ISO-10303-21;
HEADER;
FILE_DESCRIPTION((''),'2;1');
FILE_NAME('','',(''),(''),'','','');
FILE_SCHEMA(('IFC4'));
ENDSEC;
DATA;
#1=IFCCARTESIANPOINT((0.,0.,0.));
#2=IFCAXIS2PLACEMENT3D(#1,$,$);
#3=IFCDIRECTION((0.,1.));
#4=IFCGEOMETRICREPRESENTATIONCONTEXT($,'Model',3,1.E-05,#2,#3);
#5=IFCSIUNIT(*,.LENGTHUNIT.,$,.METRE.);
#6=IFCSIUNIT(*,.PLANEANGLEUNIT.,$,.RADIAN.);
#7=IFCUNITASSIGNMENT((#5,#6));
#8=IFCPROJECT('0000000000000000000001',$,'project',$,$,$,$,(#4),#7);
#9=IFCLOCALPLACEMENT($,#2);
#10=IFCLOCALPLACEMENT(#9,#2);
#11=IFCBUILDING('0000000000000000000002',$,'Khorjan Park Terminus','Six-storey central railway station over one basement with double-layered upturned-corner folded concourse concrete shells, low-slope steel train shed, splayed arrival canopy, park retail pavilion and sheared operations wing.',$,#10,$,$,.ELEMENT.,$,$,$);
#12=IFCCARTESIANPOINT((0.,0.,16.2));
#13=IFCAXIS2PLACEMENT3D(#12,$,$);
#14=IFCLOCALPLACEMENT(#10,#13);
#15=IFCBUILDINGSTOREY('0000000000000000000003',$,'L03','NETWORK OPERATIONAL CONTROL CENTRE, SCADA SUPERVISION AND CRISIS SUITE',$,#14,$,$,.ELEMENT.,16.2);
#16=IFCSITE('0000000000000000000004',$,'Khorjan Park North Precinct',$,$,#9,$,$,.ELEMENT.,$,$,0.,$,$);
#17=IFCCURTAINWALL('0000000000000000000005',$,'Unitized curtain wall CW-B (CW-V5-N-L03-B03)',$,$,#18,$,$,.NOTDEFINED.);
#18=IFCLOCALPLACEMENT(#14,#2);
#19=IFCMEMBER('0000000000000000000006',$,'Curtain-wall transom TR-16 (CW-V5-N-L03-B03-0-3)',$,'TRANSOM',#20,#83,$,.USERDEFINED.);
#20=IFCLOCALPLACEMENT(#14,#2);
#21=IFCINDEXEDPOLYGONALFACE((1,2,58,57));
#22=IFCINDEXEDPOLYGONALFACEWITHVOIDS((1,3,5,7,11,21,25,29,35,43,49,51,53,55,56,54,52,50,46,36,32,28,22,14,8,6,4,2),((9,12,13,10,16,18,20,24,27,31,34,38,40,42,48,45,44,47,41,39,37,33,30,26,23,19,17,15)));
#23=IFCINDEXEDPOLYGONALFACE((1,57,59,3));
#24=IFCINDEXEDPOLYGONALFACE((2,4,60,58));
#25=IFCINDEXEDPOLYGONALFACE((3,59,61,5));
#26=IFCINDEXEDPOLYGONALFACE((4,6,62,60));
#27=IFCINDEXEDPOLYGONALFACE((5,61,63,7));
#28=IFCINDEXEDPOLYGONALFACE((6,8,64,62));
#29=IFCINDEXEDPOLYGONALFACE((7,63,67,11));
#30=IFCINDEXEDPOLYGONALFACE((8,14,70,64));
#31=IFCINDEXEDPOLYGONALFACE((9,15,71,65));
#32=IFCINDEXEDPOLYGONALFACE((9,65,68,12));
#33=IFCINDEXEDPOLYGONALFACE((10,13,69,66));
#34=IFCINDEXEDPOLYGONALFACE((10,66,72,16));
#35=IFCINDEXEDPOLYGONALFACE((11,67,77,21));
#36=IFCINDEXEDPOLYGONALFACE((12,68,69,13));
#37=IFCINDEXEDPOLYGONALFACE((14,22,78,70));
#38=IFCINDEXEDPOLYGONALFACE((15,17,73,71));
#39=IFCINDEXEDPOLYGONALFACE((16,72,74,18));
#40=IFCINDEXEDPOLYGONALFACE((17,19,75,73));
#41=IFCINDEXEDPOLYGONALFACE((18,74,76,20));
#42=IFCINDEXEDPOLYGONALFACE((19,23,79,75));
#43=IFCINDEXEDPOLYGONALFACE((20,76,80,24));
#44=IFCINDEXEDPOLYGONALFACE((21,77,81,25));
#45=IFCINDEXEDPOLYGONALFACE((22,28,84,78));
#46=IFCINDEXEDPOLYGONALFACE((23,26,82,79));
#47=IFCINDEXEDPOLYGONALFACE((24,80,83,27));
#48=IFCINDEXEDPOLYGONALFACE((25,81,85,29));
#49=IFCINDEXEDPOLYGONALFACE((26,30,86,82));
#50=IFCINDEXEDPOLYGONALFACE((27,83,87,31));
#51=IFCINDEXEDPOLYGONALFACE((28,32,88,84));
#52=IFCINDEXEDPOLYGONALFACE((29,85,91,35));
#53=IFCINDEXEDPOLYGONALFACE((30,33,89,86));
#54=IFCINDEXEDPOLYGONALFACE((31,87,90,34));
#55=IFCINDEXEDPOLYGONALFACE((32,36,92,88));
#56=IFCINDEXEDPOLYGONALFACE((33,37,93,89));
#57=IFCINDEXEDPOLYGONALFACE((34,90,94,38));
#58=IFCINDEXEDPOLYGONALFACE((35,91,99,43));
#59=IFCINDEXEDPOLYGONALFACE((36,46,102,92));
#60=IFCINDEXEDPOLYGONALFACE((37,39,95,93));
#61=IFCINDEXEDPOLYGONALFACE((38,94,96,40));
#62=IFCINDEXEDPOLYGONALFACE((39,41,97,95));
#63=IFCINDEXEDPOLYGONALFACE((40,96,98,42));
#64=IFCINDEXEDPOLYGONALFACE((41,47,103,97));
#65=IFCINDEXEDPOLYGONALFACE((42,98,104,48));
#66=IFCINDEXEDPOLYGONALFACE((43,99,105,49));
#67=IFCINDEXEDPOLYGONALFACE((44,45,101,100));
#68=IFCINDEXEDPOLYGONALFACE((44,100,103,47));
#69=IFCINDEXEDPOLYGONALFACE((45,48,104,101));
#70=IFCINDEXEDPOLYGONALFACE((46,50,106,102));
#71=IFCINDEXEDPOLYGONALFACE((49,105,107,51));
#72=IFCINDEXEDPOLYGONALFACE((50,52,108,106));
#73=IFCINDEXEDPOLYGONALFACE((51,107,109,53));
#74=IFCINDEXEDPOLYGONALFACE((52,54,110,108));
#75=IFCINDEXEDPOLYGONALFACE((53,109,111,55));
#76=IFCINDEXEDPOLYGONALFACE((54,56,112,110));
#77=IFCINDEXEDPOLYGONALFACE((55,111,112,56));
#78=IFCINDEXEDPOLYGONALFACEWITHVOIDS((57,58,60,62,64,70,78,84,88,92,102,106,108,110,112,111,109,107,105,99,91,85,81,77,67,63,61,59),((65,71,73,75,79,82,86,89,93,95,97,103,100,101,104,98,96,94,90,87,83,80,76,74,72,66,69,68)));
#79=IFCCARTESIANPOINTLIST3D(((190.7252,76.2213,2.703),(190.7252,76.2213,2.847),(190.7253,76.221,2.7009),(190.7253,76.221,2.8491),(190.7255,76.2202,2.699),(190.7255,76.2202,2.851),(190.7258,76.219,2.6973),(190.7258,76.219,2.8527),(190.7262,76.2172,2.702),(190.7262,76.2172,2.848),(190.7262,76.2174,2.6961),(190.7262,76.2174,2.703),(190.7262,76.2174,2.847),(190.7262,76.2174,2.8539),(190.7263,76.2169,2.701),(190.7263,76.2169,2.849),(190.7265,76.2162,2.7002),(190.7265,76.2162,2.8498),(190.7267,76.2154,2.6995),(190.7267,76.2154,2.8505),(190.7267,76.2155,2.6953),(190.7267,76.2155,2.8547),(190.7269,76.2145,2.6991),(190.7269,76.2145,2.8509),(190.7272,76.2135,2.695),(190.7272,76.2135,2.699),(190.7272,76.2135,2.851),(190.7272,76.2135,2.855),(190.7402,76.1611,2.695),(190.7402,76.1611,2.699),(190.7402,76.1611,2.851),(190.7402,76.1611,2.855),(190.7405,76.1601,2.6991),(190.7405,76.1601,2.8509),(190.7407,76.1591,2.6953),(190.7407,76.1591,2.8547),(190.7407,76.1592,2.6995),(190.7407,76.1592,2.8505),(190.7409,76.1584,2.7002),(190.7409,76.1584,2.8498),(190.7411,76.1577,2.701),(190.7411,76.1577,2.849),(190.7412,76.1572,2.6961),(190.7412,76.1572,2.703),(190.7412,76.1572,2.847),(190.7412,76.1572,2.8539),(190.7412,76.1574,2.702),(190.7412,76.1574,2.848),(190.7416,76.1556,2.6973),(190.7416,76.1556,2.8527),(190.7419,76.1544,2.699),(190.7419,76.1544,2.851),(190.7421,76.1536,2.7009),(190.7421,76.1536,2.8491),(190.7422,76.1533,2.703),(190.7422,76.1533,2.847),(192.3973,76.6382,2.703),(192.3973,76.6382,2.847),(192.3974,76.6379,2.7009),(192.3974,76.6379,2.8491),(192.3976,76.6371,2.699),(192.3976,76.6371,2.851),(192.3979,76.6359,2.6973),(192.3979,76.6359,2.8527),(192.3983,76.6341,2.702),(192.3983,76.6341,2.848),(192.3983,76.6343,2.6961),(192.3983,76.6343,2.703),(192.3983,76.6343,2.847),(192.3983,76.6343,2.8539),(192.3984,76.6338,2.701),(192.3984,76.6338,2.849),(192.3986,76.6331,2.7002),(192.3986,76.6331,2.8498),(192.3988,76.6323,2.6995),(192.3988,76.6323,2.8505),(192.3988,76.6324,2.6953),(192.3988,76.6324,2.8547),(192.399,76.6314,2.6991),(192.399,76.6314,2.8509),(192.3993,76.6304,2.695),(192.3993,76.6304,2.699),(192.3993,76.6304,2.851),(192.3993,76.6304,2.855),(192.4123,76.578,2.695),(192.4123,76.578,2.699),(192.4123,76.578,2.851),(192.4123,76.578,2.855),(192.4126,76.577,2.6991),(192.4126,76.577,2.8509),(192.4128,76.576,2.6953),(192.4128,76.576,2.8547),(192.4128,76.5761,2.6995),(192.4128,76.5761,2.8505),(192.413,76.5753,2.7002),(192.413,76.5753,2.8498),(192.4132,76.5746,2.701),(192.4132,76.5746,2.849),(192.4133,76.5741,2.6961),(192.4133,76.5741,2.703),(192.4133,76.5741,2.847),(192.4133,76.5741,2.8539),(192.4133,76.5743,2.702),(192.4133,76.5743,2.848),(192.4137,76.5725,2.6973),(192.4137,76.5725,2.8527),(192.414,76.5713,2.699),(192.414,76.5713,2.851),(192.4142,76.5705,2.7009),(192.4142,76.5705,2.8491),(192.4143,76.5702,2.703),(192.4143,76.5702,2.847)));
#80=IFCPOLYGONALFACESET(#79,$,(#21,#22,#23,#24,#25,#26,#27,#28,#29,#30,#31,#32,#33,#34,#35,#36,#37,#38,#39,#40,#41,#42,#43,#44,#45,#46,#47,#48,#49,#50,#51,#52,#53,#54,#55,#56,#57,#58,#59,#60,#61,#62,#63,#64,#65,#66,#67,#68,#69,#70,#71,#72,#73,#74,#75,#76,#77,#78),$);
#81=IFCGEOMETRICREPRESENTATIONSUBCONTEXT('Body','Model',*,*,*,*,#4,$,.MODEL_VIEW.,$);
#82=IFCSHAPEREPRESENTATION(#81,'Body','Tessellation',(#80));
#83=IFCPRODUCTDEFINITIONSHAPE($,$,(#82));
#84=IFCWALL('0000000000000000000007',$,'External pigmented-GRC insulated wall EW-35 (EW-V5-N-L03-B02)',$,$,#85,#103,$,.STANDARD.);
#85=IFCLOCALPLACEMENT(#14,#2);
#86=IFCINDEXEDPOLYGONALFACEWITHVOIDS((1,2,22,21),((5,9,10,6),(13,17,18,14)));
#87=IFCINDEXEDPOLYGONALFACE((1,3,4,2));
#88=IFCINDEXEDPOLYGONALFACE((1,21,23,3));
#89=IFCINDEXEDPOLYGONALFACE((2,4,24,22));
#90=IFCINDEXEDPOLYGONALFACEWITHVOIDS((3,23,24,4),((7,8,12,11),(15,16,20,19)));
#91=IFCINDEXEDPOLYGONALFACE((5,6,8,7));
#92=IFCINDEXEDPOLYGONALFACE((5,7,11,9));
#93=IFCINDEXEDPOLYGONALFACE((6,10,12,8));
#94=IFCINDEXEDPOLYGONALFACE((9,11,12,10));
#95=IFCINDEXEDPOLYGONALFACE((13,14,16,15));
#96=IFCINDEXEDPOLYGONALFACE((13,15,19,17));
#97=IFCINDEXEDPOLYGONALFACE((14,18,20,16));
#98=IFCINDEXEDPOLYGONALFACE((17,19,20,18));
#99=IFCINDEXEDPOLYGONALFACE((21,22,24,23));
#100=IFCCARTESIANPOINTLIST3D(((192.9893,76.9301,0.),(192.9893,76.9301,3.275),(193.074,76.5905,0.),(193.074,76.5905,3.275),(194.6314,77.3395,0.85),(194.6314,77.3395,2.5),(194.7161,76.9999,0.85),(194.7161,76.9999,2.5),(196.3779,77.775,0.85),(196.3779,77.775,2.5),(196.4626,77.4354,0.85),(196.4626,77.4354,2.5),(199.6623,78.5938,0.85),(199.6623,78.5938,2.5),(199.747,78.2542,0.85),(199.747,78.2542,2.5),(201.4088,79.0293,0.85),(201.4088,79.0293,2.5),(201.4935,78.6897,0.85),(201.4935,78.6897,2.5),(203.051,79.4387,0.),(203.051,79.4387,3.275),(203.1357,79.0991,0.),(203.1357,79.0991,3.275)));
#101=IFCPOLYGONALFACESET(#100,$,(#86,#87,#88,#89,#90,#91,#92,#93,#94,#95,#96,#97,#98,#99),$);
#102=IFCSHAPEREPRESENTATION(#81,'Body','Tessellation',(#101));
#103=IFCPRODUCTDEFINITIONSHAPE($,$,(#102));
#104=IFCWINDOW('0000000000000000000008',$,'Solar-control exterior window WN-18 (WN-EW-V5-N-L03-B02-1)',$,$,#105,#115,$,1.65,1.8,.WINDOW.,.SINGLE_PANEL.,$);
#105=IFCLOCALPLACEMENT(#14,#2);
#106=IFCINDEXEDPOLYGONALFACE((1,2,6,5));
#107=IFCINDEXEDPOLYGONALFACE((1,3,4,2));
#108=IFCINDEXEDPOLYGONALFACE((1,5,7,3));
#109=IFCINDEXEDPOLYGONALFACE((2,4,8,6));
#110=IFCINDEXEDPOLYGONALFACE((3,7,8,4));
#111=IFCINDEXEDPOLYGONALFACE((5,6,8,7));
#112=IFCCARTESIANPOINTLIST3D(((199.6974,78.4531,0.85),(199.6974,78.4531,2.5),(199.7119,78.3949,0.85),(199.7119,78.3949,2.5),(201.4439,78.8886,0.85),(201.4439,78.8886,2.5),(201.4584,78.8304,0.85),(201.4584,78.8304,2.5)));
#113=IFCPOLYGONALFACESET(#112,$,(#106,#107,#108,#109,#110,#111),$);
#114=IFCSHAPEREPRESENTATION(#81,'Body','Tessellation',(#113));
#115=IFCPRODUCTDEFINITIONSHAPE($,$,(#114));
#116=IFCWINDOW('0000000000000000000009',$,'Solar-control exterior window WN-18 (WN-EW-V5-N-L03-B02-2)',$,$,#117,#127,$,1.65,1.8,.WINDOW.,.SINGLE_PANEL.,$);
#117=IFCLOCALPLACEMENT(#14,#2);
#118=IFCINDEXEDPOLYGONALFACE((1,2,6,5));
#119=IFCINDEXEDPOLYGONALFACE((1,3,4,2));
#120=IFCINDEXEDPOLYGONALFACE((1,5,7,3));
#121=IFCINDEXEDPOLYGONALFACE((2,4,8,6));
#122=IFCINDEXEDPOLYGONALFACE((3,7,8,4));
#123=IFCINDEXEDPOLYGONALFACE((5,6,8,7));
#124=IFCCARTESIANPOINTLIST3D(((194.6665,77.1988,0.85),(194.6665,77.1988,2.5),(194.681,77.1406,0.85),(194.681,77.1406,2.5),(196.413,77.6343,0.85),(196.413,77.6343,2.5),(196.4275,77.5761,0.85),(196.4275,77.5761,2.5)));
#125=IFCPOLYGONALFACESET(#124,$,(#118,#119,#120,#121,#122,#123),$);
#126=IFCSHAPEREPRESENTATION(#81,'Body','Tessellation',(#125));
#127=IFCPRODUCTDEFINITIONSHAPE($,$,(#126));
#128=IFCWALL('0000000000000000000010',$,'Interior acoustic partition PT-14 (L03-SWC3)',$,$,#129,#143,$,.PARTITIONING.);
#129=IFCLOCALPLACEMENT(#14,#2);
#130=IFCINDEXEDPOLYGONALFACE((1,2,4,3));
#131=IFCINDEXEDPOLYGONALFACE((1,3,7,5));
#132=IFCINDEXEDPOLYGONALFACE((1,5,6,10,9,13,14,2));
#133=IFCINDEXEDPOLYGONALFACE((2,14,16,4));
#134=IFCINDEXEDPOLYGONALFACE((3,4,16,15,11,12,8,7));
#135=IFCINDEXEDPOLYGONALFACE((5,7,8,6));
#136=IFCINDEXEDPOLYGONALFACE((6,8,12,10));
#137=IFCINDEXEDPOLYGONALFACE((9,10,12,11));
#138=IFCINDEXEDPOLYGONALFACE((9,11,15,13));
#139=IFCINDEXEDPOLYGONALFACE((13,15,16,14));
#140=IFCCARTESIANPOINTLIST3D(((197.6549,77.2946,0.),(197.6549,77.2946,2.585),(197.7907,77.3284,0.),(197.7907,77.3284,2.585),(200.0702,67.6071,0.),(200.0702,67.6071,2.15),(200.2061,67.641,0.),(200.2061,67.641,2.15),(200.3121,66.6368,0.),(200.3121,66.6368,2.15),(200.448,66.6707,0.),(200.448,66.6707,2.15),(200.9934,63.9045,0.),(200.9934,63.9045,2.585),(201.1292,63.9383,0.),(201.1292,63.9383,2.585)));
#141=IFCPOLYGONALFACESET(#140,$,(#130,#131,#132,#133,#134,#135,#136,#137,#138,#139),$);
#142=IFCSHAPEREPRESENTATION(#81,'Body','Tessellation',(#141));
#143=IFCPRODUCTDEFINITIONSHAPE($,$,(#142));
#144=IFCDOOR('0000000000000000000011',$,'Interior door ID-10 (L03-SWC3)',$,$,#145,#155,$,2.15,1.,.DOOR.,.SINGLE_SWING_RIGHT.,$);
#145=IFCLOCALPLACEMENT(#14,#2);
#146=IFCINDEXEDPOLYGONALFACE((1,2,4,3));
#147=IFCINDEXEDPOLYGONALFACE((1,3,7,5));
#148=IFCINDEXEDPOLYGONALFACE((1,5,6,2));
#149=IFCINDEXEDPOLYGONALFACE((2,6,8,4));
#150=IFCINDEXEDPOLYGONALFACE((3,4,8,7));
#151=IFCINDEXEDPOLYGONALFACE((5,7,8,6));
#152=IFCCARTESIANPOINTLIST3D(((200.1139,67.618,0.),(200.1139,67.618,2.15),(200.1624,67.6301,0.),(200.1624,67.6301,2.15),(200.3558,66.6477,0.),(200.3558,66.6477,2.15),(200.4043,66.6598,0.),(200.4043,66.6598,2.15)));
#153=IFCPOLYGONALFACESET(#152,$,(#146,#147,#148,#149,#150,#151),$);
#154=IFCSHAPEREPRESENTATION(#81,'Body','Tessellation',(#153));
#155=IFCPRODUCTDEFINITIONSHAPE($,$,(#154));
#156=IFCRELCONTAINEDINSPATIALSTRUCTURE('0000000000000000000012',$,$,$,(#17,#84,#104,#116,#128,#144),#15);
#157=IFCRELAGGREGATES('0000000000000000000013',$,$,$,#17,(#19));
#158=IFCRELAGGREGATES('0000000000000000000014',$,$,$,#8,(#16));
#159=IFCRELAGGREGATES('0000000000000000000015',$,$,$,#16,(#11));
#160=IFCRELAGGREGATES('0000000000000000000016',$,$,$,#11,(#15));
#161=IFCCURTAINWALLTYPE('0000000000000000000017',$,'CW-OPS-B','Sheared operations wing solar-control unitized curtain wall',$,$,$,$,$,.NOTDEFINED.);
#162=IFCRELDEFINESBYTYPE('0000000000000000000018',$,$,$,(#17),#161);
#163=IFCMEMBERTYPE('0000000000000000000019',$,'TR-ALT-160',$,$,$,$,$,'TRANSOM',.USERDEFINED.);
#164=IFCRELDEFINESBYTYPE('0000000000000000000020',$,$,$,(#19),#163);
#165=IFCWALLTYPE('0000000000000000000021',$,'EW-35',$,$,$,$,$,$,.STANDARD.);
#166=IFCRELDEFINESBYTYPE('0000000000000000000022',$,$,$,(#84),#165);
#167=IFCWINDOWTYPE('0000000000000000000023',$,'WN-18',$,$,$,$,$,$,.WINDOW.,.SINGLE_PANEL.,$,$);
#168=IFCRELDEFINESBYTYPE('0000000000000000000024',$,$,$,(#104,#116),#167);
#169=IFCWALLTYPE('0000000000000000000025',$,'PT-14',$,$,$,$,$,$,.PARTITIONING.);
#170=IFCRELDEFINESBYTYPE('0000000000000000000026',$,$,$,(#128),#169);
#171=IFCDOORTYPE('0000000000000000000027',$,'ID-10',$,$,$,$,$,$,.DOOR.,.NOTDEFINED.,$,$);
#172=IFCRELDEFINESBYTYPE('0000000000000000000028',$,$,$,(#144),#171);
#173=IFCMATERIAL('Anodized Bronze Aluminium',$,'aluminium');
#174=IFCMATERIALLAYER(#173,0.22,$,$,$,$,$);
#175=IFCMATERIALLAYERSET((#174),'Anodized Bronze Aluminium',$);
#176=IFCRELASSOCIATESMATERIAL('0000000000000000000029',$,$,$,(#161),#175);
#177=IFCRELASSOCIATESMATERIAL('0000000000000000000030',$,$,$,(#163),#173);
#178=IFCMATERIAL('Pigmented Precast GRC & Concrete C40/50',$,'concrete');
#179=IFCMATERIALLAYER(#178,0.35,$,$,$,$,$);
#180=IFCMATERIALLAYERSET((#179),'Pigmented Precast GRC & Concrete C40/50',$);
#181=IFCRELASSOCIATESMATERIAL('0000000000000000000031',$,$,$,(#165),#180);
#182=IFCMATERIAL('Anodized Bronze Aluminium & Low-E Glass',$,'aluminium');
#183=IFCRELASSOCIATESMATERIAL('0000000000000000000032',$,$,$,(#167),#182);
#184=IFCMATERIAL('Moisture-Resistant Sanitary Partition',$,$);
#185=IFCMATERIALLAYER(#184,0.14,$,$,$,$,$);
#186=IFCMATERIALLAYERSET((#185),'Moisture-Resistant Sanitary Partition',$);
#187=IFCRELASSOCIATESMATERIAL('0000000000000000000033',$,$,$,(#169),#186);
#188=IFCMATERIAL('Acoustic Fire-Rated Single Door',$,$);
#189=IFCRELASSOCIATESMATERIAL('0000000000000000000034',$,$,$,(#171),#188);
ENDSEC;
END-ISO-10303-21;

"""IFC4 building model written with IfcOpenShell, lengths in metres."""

from ifc_helpers import new_model, si_unit, direction, frame, frame_2d, origin, origin_2d, place, context, subcontext, project, spatial, rectangle, hollow_rectangle, extrude, material, layer, layer_set, material_profile, profile_set, type_object, element, fill, aggregate, save


model = new_model("IFC4")

# Units and contexts
model_context = context("Model", 3, precision=1e-05, world=origin(), true_north=direction((0.0, 1.0)))
body_context = subcontext(model_context, "Body", "Model", "MODEL_VIEW")
ifc_project = project(units=[si_unit("LENGTHUNIT", "METRE"), si_unit("PLANEANGLEUNIT", "RADIAN")], contexts=[model_context])

# Site, building, storey
site_placement = place(None, origin())
site = spatial("IfcSite", under=ifc_project, at=site_placement, Name="Khorjan Park North Precinct", CompositionType="ELEMENT", RefElevation=0.0)
building_placement = place(site_placement, origin())
building = spatial("IfcBuilding", under=site, at=building_placement, Name="Khorjan Park Terminus", Description="Six-storey central railway station over one basement with double-layered upturned-corner folded concourse concrete shells, low-slope steel train shed, splayed arrival canopy, park retail pavilion and sheared operations wing.", CompositionType="ELEMENT")
storey_placement = place(building_placement, frame((0.0, 0.0, 16.2)))
storey = spatial("IfcBuildingStorey", under=building, at=storey_placement, Name="L03", Description="NETWORK OPERATIONAL CONTROL CENTRE, SCADA SUPERVISION AND CRISIS SUITE", CompositionType="ELEMENT", Elevation=16.2)

# Curtain wall, member
ifc_material_1 = material(Name="Anodized Bronze Aluminium", Category="aluminium")
ifc_layer_1 = layer(ifc_material_1, 0.22)
ifc_layer_set_1 = layer_set([ifc_layer_1], Name="Anodized Bronze Aluminium")
curtain_wall_type = type_object("IfcCurtainWallType", Name="CW-OPS-B", Description="Sheared operations wing solar-control unitized curtain wall", PredefinedType="NOTDEFINED", material=ifc_layer_set_1)
curtain_wall_placement = place(storey_placement, origin())
curtain_wall = element("IfcCurtainWall", 1, at=curtain_wall_placement, inside=storey, type_object=curtain_wall_type, Name="Unitized curtain wall CW-B (CW-V5-N-L03-B03)", PredefinedType="NOTDEFINED")
ifc_material_profile_1 = material_profile(ifc_material_1, hollow_rectangle(XDim=0.07, YDim=0.16, WallThickness=0.004, InnerFilletRadius=0.004, OuterFilletRadius=0.008, at=origin_2d()), Name="ALT 70x160x4")
ifc_profile_set_1 = profile_set([ifc_material_profile_1], Name="Anodized Bronze Aluminium")
member_type = type_object("IfcMemberType", Name="TR-ALT-160", ElementType="TRANSOM", PredefinedType="USERDEFINED", material=ifc_profile_set_1)
member_1_placement = place(storey_placement, frame((192.4058, 76.6042, 2.775), z_axis=(-0.970296, -0.241921, 0.0), x_axis=(0.241921, -0.970296, 0.0)))
member_1 = element("IfcMember", 2, at=member_1_placement, type_object=member_type, Name="Curtain-wall transom TR-16 (CW-V5-N-L03-B03-0-3)", ObjectType="TRANSOM", PredefinedType="USERDEFINED", context=body_context, shape_type="SweptSolid", body=[
    extrude(hollow_rectangle(XDim=0.07, YDim=0.16, WallThickness=0.004, InnerFilletRadius=0.004, OuterFilletRadius=0.008, at=origin_2d()), origin(), (0.0, 0.0, 1.0), 1.7233),
])
aggregate(curtain_wall, [member_1])

# Wall, openings, windows
ifc_material_2 = material(Name="Pigmented Precast GRC & Concrete C40/50", Category="concrete")
ifc_layer_2 = layer(ifc_material_2, 0.35)
ifc_layer_set_2 = layer_set([ifc_layer_2], Name="Pigmented Precast GRC & Concrete C40/50")
wall_type_1 = type_object("IfcWallType", Name="EW-35", PredefinedType="STANDARD", material=ifc_layer_set_2)
wall_1_placement = place(storey_placement, frame((203.0933, 79.2689, 0.0), z_axis=(0.0, 0.0, 1.0), x_axis=(-0.970297, -0.241916, 0.0)))
wall_1 = element("IfcWall", 3, at=wall_1_placement, inside=storey, type_object=wall_type_1, Name="External pigmented-GRC insulated wall EW-35 (EW-V5-N-L03-B02)", PredefinedType="STANDARD", context=body_context, shape_type="SweptSolid", body=[
    extrude(rectangle(XDim=10.3697, YDim=0.35, at=frame_2d((5.1848, 0.0))), origin(), (0.0, 0.0, 1.0), 3.275),
])
opening_1_placement = place(wall_1_placement, frame((1.6924, 0.0, 0.85)))
opening_1 = element("IfcOpeningElement", 4, at=opening_1_placement, cuts=wall_1, PredefinedType="OPENING", context=body_context, shape_type="SweptSolid", body=[
    extrude(rectangle(XDim=1.8, YDim=1.65, at=frame_2d((0.9, 0.825))), frame((0.0, 0.185, 0.0), z_axis=(0.0, -1.0, 0.0), x_axis=(1.0, 0.0, 0.0)), (0.0, 0.0, 1.0), 0.37),
])
opening_2_placement = place(wall_1_placement, frame((6.8773, 0.0, 0.85)))
opening_2 = element("IfcOpeningElement", 5, at=opening_2_placement, cuts=wall_1, PredefinedType="OPENING", context=body_context, shape_type="SweptSolid", body=[
    extrude(rectangle(XDim=1.8, YDim=1.65, at=frame_2d((0.9, 0.825))), frame((0.0, 0.185, 0.0), z_axis=(0.0, -1.0, 0.0), x_axis=(1.0, 0.0, 0.0)), (0.0, 0.0, 1.0), 0.37),
])
ifc_material_3 = material(Name="Anodized Bronze Aluminium & Low-E Glass", Category="aluminium")
window_type = type_object("IfcWindowType", Name="WN-18", PartitioningType="SINGLE_PANEL", PredefinedType="WINDOW", material=ifc_material_3)
window_1_placement = place(opening_1_placement, origin())
window_1 = element("IfcWindow", 6, at=window_1_placement, inside=storey, type_object=window_type, Name="Solar-control exterior window WN-18 (WN-EW-V5-N-L03-B02-1)", OverallHeight=1.65, OverallWidth=1.8, PartitioningType="SINGLE_PANEL", PredefinedType="WINDOW", context=body_context, shape_type="SweptSolid", body=[
    extrude(rectangle(XDim=1.8, YDim=1.65, at=frame_2d((0.9, 0.825))), frame((0.0, 0.03, 0.0), z_axis=(0.0, -1.0, 0.0), x_axis=(1.0, 0.0, 0.0)), (0.0, 0.0, 1.0), 0.06),
])
fill(opening_1, window_1)
window_2_placement = place(opening_2_placement, origin())
window_2 = element("IfcWindow", 7, at=window_2_placement, inside=storey, type_object=window_type, Name="Solar-control exterior window WN-18 (WN-EW-V5-N-L03-B02-2)", OverallHeight=1.65, OverallWidth=1.8, PartitioningType="SINGLE_PANEL", PredefinedType="WINDOW", context=body_context, shape_type="SweptSolid", body=[
    extrude(rectangle(XDim=1.8, YDim=1.65, at=frame_2d((0.9, 0.825))), frame((0.0, 0.03, 0.0), z_axis=(0.0, -1.0, 0.0), x_axis=(1.0, 0.0, 0.0)), (0.0, 0.0, 1.0), 0.06),
])
fill(opening_2, window_2)

# Wall, opening, door
ifc_material_4 = material(Name="Moisture-Resistant Sanitary Partition")
ifc_layer_3 = layer(ifc_material_4, 0.14)
ifc_layer_set_3 = layer_set([ifc_layer_3], Name="Moisture-Resistant Sanitary Partition")
wall_type_2 = type_object("IfcWallType", Name="PT-14", PredefinedType="PARTITIONING", material=ifc_layer_set_3)
wall_2_placement = place(storey_placement, frame((201.0613, 63.9214, 0.0), z_axis=(0.0, 0.0, 1.0), x_axis=(-0.24192, 0.970296, 0.0)))
wall_2 = element("IfcWall", 8, at=wall_2_placement, inside=storey, type_object=wall_type_2, Name="Interior acoustic partition PT-14 (L03-SWC3)", PredefinedType="PARTITIONING", context=body_context, shape_type="SweptSolid", body=[
    extrude(rectangle(XDim=13.8, YDim=0.14, at=frame_2d((6.9, 0.0))), origin(), (0.0, 0.0, 1.0), 2.585),
])
opening_3_placement = place(wall_2_placement, frame((2.816, 0.0, 0.0)))
opening_3 = element("IfcOpeningElement", 9, at=opening_3_placement, cuts=wall_2, PredefinedType="OPENING", context=body_context, shape_type="SweptSolid", body=[
    extrude(rectangle(XDim=1.0, YDim=2.15, at=frame_2d((0.5, 1.075))), frame((0.0, 0.08, 0.0), z_axis=(0.0, -1.0, 0.0), x_axis=(1.0, 0.0, 0.0)), (0.0, 0.0, 1.0), 0.16),
])
ifc_material_5 = material(Name="Acoustic Fire-Rated Single Door")
door_type = type_object("IfcDoorType", Name="ID-10", OperationType="NOTDEFINED", PredefinedType="DOOR", material=ifc_material_5)
door_1_placement = place(opening_3_placement, origin())
door_1 = element("IfcDoor", 10, at=door_1_placement, inside=storey, type_object=door_type, Name="Interior door ID-10 (L03-SWC3)", OperationType="SINGLE_SWING_RIGHT", OverallHeight=2.15, OverallWidth=1.0, PredefinedType="DOOR", context=body_context, shape_type="SweptSolid", body=[
    extrude(rectangle(XDim=1.0, YDim=2.15, at=frame_2d((0.5, 1.075))), frame((0.0, 0.025, 0.0), z_axis=(0.0, -1.0, 0.0), x_axis=(1.0, 0.0, 0.0)), (0.0, 0.0, 1.0), 0.05),
])
fill(opening_3, door_1)

save(model, "model.ifc")
